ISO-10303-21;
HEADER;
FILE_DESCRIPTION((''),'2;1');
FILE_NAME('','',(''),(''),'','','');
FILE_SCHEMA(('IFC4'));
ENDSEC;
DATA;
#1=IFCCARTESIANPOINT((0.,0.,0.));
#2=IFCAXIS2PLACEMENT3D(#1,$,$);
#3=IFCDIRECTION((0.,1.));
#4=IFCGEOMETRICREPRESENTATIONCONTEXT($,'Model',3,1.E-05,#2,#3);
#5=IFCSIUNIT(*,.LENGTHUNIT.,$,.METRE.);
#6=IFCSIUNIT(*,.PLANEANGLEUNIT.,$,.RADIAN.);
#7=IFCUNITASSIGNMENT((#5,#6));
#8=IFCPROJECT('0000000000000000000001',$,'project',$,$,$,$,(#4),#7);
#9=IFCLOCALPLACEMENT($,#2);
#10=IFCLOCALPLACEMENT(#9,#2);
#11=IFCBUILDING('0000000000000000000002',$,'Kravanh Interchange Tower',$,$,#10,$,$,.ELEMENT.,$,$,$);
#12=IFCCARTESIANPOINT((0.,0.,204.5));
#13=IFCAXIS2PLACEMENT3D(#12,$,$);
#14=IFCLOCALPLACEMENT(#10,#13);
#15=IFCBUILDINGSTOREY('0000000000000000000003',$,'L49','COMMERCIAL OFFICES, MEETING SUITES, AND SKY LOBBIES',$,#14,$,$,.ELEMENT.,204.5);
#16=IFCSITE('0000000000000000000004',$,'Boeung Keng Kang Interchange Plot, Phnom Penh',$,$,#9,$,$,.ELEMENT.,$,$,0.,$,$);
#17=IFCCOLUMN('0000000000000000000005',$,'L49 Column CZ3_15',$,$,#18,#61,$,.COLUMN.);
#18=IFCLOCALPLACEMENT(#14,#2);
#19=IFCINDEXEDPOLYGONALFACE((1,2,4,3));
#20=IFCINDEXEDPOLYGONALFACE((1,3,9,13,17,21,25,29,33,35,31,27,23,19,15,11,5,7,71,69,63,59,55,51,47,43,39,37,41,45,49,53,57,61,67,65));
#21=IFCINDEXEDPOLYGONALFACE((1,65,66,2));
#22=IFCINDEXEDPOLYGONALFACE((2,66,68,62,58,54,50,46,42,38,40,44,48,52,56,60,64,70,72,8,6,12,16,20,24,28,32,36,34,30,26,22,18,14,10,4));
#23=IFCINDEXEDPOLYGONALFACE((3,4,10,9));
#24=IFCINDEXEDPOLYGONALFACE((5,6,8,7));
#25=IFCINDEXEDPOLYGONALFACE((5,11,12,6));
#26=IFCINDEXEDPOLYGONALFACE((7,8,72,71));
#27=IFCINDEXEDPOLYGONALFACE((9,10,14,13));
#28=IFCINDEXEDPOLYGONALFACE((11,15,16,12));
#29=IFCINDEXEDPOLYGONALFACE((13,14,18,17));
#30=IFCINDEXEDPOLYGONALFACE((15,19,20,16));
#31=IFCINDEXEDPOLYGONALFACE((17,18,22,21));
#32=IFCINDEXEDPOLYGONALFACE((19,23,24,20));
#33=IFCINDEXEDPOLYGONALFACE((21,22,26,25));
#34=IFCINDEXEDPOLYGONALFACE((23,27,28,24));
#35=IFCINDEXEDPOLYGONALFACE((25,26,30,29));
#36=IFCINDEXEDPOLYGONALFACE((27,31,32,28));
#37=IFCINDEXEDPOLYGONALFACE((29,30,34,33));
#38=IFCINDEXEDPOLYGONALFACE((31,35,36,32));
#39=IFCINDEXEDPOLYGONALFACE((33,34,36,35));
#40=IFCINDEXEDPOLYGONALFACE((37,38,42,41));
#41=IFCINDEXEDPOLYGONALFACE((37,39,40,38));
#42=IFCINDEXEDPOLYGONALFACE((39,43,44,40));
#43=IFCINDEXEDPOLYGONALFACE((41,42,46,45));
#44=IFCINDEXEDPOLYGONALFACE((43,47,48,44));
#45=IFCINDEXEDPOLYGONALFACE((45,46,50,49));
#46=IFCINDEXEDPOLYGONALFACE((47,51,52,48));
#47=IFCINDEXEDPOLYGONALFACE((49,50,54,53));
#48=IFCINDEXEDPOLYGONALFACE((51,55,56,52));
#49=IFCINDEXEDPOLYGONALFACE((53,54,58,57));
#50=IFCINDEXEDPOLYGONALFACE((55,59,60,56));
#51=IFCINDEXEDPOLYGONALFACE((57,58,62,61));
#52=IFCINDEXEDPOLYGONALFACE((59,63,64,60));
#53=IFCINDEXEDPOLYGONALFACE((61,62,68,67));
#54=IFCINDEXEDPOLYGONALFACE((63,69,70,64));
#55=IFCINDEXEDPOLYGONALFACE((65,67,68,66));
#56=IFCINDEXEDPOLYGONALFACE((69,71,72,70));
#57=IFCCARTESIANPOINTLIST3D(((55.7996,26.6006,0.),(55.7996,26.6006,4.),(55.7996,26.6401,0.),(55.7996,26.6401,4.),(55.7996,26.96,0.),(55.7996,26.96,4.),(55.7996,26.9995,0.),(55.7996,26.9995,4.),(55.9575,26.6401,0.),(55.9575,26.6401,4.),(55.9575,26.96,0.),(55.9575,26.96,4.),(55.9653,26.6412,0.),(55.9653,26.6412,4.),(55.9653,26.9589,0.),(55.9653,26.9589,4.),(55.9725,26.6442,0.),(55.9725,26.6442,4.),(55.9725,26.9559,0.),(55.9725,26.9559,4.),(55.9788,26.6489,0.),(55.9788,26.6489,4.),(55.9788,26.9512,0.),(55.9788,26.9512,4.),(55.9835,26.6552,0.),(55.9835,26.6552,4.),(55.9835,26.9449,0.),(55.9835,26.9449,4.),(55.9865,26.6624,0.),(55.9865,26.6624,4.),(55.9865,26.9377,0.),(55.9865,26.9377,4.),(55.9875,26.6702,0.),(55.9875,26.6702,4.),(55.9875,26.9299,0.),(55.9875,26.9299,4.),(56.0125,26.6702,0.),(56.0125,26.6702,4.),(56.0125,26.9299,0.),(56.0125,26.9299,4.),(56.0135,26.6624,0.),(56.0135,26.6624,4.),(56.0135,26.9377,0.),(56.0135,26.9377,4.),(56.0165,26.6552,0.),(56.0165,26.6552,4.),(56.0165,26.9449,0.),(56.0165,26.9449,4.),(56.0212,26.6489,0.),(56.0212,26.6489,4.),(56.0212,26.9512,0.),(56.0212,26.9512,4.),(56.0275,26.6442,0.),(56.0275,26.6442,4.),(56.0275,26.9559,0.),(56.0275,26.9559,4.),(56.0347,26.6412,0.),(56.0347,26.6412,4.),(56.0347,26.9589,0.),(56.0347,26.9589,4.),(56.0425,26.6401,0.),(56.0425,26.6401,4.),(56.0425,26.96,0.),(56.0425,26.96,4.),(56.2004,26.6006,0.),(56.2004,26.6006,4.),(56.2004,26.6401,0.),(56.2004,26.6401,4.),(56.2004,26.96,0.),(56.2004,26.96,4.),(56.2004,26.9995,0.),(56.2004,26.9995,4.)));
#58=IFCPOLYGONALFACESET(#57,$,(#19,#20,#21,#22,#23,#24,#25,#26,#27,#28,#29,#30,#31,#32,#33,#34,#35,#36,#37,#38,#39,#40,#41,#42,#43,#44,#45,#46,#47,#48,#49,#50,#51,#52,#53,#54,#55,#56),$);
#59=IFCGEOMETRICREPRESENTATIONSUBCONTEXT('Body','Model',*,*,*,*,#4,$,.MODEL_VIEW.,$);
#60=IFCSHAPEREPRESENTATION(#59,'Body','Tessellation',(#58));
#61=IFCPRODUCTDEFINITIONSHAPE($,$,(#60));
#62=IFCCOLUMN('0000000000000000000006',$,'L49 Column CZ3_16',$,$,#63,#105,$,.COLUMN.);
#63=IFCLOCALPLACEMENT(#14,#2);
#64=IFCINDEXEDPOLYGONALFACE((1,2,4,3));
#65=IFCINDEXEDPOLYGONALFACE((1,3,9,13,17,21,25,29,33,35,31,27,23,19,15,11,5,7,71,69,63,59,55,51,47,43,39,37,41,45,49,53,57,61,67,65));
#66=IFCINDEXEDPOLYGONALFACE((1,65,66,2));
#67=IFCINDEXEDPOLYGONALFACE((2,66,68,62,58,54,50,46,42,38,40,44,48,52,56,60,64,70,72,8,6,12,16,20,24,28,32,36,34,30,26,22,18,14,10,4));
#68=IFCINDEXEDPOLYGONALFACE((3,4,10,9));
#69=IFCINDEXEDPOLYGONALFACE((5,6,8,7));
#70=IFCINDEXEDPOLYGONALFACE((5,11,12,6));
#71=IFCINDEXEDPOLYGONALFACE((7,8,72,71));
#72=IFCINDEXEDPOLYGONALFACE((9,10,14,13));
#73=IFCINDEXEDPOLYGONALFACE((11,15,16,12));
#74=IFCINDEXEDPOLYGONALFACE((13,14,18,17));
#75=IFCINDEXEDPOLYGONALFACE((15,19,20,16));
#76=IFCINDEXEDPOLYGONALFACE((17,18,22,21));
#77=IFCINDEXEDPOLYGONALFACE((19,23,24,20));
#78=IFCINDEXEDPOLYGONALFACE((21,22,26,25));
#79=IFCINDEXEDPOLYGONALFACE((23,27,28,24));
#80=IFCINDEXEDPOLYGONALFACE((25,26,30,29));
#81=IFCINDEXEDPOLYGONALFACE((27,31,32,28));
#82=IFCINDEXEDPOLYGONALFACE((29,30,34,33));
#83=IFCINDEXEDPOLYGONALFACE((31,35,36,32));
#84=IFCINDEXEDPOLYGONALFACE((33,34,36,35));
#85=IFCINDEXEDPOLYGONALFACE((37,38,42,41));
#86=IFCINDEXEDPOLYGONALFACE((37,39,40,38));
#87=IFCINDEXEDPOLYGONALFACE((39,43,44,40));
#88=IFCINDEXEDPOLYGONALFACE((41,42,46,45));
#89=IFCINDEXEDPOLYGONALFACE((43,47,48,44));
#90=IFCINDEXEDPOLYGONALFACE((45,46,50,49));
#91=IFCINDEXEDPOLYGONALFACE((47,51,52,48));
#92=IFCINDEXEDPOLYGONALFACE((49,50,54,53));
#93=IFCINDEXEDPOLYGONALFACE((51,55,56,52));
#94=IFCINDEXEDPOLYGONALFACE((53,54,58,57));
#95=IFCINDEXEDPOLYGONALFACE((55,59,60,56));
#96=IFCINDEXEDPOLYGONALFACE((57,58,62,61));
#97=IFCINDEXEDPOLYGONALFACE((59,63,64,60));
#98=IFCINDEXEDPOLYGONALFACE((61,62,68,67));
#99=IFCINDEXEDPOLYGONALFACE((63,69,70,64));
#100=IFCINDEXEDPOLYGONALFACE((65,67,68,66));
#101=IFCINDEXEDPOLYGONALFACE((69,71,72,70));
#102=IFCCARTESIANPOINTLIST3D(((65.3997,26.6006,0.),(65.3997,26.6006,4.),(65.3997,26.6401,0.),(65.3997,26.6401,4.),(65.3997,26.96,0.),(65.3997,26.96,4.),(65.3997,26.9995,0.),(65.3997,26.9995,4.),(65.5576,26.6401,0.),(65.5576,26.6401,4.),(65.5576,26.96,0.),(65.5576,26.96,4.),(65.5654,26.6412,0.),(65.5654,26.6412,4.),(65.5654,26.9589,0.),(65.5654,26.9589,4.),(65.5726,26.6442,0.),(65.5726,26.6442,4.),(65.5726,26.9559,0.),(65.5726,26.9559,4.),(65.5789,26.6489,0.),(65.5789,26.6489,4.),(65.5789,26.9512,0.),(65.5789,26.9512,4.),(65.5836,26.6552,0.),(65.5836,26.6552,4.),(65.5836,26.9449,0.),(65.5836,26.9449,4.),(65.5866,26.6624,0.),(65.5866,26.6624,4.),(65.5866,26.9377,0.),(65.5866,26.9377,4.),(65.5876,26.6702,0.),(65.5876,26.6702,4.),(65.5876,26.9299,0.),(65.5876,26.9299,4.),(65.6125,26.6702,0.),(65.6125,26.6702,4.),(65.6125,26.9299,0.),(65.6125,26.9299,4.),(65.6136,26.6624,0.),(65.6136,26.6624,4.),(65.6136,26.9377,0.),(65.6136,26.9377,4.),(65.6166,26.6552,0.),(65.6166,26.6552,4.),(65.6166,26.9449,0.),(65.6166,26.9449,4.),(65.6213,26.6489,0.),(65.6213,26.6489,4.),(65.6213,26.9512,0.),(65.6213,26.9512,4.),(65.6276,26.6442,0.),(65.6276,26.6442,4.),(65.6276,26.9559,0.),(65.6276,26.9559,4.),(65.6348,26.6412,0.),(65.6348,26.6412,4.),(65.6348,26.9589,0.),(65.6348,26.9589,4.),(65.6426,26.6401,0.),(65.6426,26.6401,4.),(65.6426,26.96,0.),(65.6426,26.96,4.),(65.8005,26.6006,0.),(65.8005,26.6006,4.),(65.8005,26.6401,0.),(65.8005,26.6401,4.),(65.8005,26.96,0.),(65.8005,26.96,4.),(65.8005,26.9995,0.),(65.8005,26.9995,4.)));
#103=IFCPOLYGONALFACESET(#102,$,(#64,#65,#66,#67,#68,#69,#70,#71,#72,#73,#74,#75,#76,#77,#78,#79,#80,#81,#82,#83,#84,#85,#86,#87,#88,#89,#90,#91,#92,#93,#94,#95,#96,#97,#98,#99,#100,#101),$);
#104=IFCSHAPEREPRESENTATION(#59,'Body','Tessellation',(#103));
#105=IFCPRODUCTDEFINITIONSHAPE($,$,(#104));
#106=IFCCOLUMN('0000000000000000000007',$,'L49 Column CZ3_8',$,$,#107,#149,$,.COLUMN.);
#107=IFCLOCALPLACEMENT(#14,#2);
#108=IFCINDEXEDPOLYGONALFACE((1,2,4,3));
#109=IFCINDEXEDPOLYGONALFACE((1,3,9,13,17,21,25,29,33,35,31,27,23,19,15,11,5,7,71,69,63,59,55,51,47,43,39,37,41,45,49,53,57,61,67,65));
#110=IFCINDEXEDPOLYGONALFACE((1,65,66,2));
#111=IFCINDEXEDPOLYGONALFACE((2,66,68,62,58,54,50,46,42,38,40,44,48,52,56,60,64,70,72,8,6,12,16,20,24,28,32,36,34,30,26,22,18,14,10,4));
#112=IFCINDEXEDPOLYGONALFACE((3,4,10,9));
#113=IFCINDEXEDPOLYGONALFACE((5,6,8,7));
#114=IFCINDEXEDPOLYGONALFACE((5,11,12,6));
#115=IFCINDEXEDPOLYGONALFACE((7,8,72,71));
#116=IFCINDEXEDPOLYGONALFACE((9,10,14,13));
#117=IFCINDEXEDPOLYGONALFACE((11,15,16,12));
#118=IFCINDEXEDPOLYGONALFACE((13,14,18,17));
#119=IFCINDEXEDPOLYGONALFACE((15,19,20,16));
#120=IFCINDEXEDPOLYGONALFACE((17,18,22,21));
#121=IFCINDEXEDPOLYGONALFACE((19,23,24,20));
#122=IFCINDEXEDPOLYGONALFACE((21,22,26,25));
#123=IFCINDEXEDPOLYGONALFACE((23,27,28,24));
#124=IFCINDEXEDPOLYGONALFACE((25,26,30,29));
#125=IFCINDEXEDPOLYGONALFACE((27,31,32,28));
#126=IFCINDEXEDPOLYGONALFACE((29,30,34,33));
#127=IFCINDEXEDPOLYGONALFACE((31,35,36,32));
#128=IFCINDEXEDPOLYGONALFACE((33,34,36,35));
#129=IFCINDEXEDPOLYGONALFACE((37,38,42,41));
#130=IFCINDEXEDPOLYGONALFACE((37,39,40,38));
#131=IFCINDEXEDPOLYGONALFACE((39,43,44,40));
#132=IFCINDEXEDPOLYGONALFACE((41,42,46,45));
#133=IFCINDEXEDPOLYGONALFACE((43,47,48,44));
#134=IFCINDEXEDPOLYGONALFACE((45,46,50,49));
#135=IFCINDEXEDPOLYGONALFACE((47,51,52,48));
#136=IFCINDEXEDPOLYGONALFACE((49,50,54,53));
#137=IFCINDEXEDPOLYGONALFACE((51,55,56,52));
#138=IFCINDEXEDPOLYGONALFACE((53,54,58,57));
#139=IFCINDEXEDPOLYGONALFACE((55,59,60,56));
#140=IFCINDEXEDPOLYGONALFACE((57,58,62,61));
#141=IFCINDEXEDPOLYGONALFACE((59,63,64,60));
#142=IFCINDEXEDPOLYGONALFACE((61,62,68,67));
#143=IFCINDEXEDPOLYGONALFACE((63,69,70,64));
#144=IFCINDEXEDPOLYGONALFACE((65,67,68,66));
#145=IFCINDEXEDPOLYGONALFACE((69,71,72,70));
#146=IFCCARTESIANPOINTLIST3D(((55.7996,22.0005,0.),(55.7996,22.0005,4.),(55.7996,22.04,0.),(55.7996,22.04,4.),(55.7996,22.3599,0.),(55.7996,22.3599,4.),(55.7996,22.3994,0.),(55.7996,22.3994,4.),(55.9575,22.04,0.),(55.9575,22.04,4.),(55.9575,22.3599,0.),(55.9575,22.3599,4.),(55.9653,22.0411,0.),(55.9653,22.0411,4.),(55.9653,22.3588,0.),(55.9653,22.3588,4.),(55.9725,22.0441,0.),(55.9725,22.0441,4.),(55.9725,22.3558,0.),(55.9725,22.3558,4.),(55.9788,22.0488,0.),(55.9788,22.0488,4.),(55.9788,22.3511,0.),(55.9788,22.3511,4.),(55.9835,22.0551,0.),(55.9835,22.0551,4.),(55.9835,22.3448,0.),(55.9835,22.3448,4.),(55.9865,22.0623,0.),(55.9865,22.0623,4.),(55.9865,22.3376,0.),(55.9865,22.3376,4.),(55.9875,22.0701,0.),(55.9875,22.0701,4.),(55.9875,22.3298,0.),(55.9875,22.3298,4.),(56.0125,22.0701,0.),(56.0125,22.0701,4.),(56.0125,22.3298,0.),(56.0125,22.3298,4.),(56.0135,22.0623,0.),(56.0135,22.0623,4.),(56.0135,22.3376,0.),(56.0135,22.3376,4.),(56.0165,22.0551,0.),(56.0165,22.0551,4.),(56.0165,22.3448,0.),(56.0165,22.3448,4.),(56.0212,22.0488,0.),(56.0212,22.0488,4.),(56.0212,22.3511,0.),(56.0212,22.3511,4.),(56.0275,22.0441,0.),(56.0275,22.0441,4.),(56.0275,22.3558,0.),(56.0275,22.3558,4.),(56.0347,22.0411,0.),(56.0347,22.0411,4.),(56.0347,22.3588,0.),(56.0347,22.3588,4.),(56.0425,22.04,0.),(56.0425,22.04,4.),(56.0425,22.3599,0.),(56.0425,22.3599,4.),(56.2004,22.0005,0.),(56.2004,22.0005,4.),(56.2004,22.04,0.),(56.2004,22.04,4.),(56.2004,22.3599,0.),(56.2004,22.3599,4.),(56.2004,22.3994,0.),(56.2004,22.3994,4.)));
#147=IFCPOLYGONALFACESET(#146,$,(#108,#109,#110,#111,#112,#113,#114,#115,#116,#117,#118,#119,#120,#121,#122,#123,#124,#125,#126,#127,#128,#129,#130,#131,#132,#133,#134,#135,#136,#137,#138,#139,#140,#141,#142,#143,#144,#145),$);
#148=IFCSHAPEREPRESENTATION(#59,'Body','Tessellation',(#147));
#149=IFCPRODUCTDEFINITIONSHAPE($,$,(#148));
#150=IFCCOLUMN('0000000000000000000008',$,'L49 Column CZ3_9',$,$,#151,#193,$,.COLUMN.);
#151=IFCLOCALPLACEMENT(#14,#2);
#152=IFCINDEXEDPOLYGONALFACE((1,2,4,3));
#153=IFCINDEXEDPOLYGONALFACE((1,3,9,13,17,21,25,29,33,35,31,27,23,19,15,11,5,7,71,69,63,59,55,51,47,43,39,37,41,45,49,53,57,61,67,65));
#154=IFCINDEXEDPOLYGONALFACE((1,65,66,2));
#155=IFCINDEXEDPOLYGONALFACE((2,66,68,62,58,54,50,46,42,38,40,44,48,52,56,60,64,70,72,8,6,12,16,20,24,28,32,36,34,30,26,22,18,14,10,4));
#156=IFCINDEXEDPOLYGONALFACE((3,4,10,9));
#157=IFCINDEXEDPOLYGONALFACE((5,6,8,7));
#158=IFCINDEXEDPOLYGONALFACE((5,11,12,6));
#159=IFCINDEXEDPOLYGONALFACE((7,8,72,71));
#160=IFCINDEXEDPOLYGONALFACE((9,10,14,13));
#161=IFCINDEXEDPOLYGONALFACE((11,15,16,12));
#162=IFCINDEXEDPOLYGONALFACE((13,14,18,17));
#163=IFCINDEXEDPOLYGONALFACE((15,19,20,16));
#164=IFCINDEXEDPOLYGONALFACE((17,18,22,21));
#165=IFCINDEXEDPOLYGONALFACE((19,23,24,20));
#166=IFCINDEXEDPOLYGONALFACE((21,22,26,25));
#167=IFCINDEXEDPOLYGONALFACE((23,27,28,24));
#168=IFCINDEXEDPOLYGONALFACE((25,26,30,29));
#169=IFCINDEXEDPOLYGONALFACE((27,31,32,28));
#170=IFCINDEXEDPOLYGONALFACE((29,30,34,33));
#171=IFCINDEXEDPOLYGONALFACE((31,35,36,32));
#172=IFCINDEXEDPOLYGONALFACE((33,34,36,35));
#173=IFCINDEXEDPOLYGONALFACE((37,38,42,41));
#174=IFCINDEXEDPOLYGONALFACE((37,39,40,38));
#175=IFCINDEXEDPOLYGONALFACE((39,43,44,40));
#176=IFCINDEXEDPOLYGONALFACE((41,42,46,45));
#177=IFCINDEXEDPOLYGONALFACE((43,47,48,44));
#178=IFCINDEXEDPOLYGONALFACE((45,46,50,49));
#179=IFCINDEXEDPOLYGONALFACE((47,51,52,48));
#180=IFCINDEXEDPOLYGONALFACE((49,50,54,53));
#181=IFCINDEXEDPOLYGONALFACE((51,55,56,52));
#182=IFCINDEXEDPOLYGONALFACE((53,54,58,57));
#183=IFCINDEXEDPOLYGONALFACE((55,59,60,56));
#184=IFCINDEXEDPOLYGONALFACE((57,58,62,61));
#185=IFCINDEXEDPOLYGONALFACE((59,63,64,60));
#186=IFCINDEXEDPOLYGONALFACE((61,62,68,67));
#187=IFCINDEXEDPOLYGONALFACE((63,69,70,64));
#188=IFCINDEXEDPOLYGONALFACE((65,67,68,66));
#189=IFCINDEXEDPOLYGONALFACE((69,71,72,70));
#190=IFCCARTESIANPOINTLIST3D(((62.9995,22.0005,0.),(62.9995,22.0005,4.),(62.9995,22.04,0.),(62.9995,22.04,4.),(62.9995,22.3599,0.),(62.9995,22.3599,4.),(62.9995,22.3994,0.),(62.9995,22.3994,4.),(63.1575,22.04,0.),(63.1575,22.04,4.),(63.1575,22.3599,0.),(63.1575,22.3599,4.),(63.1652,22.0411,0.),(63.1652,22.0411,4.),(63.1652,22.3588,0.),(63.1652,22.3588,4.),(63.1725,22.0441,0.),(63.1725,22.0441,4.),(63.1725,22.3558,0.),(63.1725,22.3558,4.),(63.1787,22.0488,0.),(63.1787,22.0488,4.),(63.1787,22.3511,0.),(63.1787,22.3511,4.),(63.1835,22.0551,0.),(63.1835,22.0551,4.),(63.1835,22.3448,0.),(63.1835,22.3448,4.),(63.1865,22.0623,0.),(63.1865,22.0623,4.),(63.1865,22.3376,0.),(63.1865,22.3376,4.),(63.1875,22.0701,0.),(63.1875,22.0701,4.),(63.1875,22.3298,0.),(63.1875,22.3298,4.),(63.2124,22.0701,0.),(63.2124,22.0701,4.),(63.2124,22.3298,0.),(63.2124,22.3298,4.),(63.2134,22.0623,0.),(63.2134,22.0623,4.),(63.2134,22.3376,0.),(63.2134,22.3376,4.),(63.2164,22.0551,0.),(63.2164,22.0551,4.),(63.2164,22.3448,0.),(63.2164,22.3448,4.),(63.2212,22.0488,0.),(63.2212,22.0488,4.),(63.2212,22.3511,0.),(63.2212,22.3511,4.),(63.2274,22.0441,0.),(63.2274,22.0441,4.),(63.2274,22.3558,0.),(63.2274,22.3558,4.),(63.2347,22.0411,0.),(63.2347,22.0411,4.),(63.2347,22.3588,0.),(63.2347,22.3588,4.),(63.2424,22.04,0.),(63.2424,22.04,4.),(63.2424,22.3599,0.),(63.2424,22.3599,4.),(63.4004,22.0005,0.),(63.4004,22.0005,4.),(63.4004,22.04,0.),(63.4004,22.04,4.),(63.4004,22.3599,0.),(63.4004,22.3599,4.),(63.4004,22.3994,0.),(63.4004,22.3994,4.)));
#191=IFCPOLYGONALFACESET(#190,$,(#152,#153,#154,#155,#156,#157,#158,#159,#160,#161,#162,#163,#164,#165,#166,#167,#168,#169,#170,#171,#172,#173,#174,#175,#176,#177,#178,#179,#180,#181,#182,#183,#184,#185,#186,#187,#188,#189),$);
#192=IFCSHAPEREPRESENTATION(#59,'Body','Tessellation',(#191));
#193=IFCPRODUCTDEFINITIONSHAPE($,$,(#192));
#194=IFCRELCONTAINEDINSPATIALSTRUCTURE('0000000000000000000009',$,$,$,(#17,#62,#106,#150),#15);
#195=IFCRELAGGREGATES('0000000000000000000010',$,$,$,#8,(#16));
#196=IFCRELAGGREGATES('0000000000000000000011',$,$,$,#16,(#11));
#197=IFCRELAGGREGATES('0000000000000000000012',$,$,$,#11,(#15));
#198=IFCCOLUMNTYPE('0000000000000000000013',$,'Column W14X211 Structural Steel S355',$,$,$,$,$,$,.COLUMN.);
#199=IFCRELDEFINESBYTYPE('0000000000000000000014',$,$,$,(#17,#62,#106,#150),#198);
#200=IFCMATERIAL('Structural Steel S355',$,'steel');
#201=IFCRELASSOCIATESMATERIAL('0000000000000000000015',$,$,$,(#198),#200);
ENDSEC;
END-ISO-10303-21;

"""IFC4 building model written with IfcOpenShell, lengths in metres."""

from ifc_helpers import new_model, si_unit, direction, frame, origin, origin_2d, place, context, subcontext, project, spatial, i_section, extrude, material, material_profile, profile_set, type_object, element, save


model = new_model("IFC4")

# Units and contexts
model_context = context("Model", 3, precision=1e-05, world=origin(), true_north=direction((0.0, 1.0)))
body_context = subcontext(model_context, "Body", "Model", "MODEL_VIEW")
ifc_project = project(units=[si_unit("LENGTHUNIT", "METRE"), si_unit("PLANEANGLEUNIT", "RADIAN")], contexts=[model_context])

# Site, building, storey
site_placement = place(None, origin())
site = spatial("IfcSite", under=ifc_project, at=site_placement, Name="Boeung Keng Kang Interchange Plot, Phnom Penh", CompositionType="ELEMENT", RefElevation=0.0)
building_placement = place(site_placement, origin())
building = spatial("IfcBuilding", under=site, at=building_placement, Name="Kravanh Interchange Tower", CompositionType="ELEMENT")
storey_placement = place(building_placement, frame((0.0, 0.0, 204.5)))
storey = spatial("IfcBuildingStorey", under=building, at=storey_placement, Name="L49", Description="COMMERCIAL OFFICES, MEETING SUITES, AND SKY LOBBIES", CompositionType="ELEMENT", Elevation=204.5)

# Columns
ifc_material_1 = material(Name="Structural Steel S355", Category="steel")
ifc_material_profile_1 = material_profile(ifc_material_1, i_section(OverallWidth=0.4009, OverallDepth=0.3989, WebThickness=0.0249, FlangeThickness=0.0396, FilletRadius=0.03, at=origin_2d()), Name="W14X211")
ifc_profile_set_1 = profile_set([ifc_material_profile_1], Name="Structural Steel S355")
column_type = type_object("IfcColumnType", Name="Column W14X211 Structural Steel S355", PredefinedType="COLUMN", material=ifc_profile_set_1)
for number, where, z_axis, x_axis, name in (
    (1, (56.0, 26.8, 0.0), (0.0, 0.0, 1.0), (1.0, 0.0, 0.0), "L49 Column CZ3_15"),
    (2, (65.6001, 26.8, 0.0), (0.0, 0.0, 1.0), (1.0, 0.0, 0.0), "L49 Column CZ3_16"),
    (3, (56.0, 22.2, 0.0), (0.0, 0.0, 1.0), (1.0, 0.0, 0.0), "L49 Column CZ3_8"),
    (4, (63.2, 22.2, 0.0), (0.0, 0.0, 1.0), (1.0, 0.0, 0.0), "L49 Column CZ3_9"),
):
    element("IfcColumn", number, at=place(storey_placement, frame(where, z_axis=z_axis, x_axis=x_axis)), inside=storey, type_object=column_type, Name=name, PredefinedType="COLUMN", context=body_context, shape_type="SweptSolid", body=[
        extrude(i_section(OverallWidth=0.4009, OverallDepth=0.3989, WebThickness=0.0249, FlangeThickness=0.0396, FilletRadius=0.03, at=origin_2d()), origin(), (0.0, 0.0, 1.0), 4.0),
    ])

save(model, "model.ifc")
